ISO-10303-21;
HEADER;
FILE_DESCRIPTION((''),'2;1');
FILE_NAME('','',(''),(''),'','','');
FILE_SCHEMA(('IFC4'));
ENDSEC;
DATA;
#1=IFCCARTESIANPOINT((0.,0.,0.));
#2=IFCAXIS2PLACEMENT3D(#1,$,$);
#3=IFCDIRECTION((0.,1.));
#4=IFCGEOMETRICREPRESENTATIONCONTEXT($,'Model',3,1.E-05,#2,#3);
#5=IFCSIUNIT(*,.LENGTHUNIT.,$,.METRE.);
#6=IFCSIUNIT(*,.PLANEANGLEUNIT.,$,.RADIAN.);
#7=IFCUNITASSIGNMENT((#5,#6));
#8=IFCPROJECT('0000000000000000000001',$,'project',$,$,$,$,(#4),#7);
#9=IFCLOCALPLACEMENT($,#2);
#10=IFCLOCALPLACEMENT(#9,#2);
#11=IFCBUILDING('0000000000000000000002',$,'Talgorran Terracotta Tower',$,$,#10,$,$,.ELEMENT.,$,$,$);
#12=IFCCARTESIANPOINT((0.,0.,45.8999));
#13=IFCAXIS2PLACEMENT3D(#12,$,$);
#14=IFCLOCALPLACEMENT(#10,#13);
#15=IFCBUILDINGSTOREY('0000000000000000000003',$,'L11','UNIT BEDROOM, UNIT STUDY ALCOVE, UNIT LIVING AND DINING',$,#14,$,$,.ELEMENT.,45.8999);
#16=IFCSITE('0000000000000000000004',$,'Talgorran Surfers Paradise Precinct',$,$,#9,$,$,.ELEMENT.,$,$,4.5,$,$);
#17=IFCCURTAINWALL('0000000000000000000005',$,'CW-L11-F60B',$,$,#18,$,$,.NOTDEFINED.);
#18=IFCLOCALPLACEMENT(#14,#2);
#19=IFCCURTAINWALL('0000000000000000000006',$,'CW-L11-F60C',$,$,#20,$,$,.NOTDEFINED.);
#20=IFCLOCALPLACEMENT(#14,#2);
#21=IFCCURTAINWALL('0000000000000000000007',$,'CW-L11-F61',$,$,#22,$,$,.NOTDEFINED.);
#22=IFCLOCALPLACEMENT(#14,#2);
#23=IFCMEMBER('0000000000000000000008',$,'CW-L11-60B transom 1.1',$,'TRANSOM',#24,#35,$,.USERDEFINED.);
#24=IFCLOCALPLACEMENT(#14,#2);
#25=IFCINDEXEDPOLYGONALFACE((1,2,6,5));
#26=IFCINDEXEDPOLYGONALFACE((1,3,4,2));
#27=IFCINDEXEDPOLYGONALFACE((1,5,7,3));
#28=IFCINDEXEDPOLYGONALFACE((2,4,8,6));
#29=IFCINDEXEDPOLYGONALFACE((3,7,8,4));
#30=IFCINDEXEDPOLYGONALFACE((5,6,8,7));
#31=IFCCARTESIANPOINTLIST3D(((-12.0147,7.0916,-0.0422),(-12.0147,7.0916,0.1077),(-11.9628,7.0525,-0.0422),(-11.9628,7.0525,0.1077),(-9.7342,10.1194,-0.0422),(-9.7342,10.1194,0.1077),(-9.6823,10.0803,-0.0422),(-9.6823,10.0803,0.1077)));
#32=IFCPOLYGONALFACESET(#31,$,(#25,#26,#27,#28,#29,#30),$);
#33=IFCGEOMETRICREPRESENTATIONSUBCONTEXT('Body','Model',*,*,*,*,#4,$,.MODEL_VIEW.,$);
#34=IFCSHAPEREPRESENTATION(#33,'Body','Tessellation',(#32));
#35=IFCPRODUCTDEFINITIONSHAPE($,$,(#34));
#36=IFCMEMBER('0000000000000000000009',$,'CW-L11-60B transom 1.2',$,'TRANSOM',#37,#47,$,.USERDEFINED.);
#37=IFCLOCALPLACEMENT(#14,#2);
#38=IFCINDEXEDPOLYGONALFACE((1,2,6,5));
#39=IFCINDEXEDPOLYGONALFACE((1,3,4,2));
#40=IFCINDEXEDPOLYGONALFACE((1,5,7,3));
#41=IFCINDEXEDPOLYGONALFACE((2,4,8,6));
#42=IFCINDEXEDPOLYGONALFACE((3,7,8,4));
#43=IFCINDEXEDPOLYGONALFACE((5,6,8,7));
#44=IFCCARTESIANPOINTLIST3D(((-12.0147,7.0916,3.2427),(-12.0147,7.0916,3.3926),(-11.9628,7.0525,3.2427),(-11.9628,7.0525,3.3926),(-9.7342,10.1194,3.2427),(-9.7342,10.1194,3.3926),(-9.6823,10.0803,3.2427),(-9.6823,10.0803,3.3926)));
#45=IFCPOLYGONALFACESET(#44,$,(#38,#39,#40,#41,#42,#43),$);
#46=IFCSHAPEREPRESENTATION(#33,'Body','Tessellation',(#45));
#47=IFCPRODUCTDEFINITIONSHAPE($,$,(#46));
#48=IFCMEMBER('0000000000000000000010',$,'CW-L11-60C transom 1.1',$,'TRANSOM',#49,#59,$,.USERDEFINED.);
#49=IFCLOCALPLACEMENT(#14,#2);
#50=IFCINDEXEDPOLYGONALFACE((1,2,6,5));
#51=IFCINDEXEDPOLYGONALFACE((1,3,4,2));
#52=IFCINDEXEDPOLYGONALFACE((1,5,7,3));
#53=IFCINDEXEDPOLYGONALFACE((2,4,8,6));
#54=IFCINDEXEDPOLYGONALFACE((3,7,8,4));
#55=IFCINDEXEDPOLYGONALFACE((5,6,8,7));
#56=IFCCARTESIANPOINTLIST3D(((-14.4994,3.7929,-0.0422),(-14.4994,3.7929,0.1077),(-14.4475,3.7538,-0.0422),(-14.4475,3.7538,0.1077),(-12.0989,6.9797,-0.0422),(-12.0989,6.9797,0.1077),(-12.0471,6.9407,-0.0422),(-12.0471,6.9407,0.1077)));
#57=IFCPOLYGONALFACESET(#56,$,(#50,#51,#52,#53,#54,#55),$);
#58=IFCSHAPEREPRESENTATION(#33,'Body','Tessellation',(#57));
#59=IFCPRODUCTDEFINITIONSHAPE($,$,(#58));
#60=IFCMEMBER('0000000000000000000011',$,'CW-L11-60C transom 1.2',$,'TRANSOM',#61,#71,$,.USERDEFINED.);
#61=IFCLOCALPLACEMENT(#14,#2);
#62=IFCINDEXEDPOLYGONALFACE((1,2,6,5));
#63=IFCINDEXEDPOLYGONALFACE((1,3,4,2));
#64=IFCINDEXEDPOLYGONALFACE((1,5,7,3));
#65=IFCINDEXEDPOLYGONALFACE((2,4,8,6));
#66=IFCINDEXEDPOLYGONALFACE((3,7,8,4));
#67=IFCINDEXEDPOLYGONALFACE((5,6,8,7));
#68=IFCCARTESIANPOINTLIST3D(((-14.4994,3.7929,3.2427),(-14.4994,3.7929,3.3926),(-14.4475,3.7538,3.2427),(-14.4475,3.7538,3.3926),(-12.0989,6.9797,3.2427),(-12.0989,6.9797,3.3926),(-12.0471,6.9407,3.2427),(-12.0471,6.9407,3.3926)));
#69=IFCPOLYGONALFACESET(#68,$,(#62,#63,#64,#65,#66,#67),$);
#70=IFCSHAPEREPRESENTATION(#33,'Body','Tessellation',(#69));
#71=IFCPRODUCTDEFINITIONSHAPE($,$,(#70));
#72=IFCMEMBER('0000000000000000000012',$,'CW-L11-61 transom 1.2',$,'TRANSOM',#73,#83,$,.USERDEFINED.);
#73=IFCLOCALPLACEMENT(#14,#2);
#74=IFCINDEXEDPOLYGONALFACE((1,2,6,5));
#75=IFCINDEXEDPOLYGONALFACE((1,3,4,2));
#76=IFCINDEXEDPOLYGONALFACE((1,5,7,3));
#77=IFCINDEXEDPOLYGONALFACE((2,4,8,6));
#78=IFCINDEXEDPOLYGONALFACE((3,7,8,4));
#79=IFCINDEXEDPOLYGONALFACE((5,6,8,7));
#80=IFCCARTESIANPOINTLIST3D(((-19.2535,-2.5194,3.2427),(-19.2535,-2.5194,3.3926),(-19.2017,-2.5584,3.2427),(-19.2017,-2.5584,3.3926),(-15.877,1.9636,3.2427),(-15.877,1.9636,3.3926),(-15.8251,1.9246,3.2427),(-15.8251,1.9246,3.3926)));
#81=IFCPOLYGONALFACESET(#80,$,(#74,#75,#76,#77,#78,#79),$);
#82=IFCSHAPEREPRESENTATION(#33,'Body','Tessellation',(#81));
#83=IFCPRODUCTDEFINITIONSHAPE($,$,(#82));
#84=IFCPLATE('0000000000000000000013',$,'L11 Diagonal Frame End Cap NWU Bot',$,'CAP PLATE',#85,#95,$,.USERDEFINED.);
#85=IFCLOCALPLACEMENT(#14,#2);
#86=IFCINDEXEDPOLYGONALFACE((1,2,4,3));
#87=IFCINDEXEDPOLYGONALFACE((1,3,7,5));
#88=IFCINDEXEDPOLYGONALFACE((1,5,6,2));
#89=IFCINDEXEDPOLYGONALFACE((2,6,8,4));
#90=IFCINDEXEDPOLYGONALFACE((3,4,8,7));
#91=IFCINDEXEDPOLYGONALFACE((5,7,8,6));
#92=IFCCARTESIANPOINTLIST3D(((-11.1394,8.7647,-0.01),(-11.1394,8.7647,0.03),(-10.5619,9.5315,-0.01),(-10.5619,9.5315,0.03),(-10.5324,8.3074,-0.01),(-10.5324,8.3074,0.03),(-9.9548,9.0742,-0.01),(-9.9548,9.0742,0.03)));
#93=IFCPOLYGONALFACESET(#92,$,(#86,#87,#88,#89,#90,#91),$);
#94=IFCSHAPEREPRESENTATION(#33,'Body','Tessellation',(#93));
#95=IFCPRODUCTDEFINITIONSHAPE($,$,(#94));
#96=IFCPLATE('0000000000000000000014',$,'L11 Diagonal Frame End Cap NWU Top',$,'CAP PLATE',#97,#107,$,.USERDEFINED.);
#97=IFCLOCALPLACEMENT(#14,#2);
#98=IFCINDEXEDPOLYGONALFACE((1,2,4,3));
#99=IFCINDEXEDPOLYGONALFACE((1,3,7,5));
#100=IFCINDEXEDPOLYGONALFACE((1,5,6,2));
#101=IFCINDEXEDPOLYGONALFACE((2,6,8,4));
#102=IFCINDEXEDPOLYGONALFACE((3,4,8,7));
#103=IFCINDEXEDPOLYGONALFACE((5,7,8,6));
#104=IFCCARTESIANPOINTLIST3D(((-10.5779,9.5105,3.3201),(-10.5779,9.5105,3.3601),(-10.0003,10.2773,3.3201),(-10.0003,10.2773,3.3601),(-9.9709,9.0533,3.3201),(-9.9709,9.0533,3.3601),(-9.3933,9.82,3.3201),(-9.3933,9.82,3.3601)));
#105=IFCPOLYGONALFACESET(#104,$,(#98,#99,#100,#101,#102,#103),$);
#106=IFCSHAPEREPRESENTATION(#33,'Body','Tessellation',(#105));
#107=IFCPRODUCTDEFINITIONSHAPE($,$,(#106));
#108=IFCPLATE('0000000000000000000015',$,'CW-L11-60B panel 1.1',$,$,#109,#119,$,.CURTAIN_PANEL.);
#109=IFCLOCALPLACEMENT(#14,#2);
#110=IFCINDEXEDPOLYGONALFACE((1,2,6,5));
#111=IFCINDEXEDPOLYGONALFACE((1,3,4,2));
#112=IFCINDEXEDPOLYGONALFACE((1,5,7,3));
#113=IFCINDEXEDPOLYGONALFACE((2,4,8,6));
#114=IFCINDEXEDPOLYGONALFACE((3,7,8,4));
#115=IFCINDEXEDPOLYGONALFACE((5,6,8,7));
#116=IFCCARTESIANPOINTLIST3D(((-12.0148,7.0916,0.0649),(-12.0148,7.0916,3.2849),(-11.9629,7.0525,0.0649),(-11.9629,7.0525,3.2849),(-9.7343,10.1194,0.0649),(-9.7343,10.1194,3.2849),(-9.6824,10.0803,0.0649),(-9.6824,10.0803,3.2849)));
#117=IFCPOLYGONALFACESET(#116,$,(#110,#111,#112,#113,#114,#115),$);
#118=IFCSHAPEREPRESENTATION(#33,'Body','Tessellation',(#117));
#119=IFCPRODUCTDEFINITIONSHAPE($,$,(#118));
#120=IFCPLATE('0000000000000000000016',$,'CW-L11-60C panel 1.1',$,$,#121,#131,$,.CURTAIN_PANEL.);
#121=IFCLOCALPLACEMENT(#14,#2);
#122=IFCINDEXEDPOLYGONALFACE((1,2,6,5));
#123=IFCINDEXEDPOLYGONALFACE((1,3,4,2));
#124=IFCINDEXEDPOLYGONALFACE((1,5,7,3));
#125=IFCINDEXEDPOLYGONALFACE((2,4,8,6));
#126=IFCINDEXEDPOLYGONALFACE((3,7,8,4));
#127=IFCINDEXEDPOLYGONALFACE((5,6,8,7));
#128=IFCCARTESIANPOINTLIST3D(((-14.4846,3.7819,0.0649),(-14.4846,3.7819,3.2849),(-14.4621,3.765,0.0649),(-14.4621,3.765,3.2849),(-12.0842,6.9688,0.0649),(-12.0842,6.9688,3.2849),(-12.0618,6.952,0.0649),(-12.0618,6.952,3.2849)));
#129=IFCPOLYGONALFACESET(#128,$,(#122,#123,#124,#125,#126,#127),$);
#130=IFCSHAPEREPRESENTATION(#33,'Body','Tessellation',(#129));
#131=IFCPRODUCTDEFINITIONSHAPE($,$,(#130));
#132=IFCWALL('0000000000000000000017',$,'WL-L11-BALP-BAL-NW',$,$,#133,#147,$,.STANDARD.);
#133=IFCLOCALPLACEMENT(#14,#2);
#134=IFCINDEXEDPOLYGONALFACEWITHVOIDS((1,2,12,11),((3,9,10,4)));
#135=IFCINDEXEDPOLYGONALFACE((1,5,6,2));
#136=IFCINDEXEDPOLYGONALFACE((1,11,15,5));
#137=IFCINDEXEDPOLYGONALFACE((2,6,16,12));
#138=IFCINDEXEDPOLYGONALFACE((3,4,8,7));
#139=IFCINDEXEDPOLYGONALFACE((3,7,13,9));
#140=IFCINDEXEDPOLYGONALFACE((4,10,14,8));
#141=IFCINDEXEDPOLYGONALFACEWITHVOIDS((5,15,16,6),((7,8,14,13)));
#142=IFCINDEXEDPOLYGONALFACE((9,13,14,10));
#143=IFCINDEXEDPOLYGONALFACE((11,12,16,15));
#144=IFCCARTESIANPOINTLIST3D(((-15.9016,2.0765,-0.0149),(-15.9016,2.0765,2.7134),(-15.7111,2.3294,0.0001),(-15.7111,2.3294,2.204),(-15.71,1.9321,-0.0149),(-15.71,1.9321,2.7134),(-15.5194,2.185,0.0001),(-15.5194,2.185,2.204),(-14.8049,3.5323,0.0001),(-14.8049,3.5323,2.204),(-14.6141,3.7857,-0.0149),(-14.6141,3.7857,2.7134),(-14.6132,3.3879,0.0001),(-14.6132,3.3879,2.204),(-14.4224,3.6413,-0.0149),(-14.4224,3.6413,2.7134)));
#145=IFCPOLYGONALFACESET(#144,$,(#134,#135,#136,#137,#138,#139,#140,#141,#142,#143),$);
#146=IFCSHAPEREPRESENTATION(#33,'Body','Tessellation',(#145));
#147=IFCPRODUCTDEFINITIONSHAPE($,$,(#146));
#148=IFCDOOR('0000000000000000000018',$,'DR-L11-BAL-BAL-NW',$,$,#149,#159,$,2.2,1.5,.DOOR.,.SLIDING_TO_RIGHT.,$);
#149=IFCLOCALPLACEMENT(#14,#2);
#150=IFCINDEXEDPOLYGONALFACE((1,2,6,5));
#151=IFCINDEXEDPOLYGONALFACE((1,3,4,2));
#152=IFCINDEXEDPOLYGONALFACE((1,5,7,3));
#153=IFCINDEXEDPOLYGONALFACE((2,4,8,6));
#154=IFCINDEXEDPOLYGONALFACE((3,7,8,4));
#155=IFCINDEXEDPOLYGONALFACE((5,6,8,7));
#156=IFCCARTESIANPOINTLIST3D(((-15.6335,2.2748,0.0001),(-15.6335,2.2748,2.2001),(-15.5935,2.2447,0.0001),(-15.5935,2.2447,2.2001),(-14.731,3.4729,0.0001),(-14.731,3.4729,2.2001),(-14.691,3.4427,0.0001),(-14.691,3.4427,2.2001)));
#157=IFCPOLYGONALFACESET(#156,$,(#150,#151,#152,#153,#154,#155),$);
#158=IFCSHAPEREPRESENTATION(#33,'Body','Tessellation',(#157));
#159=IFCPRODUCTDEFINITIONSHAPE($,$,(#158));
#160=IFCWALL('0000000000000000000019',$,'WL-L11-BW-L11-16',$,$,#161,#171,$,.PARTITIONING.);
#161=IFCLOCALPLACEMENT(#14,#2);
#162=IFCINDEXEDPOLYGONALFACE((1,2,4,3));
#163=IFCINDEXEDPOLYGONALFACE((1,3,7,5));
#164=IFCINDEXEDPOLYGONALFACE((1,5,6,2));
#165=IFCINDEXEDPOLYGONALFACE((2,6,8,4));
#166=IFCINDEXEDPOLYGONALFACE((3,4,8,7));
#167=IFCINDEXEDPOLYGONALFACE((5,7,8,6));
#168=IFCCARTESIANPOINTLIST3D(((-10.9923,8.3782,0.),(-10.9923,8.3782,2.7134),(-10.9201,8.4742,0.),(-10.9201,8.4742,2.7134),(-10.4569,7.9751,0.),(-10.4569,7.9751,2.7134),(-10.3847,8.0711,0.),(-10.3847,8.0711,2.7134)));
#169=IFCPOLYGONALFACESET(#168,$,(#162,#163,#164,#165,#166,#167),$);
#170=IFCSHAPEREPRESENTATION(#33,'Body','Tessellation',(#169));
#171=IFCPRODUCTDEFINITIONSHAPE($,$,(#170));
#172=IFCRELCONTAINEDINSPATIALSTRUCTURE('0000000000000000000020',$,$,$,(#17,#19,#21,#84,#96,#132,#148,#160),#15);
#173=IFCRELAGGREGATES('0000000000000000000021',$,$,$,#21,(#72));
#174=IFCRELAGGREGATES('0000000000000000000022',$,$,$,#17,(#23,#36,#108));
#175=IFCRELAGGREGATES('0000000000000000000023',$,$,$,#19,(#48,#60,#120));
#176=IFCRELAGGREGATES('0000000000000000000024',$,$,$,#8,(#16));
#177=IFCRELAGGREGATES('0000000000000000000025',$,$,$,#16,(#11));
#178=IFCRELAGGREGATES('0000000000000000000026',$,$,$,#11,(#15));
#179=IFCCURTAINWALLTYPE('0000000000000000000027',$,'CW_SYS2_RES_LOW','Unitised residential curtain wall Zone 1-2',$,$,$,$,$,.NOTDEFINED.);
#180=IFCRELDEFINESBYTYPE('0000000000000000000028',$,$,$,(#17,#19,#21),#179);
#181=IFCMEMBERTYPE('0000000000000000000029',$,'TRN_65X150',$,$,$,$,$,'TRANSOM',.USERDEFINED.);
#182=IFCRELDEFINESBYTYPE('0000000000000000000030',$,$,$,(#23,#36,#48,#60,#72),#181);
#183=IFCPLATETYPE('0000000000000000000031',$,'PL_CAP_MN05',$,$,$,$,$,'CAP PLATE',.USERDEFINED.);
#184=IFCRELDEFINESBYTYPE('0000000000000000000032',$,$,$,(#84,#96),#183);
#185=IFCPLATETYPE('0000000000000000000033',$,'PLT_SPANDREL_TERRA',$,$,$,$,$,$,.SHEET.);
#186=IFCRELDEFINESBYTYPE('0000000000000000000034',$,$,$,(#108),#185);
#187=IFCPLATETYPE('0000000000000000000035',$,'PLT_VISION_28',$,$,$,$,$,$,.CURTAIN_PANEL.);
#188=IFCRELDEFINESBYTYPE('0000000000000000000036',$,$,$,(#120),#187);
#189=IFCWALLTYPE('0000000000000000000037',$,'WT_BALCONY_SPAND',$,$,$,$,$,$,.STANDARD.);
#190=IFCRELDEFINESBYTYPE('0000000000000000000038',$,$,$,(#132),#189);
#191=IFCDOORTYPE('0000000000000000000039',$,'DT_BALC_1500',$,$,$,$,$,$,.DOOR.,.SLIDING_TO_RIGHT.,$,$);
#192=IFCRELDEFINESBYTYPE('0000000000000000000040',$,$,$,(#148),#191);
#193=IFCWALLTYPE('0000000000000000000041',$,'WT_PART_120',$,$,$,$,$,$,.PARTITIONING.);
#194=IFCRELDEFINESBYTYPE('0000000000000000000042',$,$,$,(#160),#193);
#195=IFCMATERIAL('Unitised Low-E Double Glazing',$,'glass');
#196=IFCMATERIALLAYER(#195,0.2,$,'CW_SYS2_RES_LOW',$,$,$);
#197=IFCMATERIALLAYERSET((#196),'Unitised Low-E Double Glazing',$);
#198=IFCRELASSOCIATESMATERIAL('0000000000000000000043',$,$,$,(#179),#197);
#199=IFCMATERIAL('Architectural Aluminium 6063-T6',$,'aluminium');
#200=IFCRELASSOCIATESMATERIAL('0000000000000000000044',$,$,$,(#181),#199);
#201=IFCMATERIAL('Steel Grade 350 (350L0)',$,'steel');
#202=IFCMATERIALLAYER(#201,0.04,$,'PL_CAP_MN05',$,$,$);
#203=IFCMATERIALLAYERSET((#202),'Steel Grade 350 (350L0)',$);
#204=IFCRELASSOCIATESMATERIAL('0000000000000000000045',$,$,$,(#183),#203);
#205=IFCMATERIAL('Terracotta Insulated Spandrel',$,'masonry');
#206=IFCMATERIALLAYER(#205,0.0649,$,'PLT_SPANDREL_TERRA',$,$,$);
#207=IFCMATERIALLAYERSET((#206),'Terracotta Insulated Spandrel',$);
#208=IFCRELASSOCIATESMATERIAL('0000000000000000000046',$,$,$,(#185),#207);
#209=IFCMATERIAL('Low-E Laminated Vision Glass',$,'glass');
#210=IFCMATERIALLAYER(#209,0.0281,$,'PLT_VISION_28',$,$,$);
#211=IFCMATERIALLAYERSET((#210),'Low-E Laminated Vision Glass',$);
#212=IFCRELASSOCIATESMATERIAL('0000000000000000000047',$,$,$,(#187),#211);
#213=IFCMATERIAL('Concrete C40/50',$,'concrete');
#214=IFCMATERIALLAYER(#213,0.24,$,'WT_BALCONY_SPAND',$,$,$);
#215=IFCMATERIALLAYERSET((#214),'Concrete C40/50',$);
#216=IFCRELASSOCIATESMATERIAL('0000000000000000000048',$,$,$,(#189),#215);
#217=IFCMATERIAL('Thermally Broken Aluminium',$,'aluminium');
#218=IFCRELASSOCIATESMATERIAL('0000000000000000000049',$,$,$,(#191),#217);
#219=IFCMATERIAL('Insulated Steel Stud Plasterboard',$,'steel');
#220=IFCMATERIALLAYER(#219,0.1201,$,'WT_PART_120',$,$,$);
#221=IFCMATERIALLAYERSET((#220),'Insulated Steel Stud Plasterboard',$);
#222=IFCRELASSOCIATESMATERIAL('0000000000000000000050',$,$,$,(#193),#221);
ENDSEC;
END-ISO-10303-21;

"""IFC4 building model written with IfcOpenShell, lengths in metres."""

from ifc_helpers import new_model, si_unit, direction, frame, frame_2d, origin, origin_2d, place, context, subcontext, project, spatial, rectangle, extrude, source, transform, mapped, material, layer, layer_set, material_profile, profile_set, type_object, type_shapes, element, fill, aggregate, save


model = new_model("IFC4")

# Units and contexts
model_context = context("Model", 3, precision=1e-05, world=origin(), true_north=direction((0.0, 1.0)))
body_context = subcontext(model_context, "Body", "Model", "MODEL_VIEW")
ifc_project = project(units=[si_unit("LENGTHUNIT", "METRE"), si_unit("PLANEANGLEUNIT", "RADIAN")], contexts=[model_context])

# Site, building, storey
site_placement = place(None, origin())
site = spatial("IfcSite", under=ifc_project, at=site_placement, Name="Talgorran Surfers Paradise Precinct", CompositionType="ELEMENT", RefElevation=4.5)
building_placement = place(site_placement, origin())
building = spatial("IfcBuilding", under=site, at=building_placement, Name="Talgorran Terracotta Tower", CompositionType="ELEMENT")
storey_placement = place(building_placement, frame((0.0, 0.0, 45.8999)))
storey = spatial("IfcBuildingStorey", under=building, at=storey_placement, Name="L11", Description="UNIT BEDROOM, UNIT STUDY ALCOVE, UNIT LIVING AND DINING", CompositionType="ELEMENT", Elevation=45.8999)

# Shared definitions
ifc_material_1 = material(Name="Steel Grade 350 (350L0)", Category="steel")

# Curtain walls
ifc_material_2 = material(Name="Unitised Low-E Double Glazing", Category="glass")
ifc_layer_1 = layer(ifc_material_2, 0.2, Name="CW_SYS2_RES_LOW")
ifc_layer_set_1 = layer_set([ifc_layer_1], Name="Unitised Low-E Double Glazing")
curtain_wall_type = type_object("IfcCurtainWallType", Name="CW_SYS2_RES_LOW", Description="Unitised residential curtain wall Zone 1-2", PredefinedType="NOTDEFINED", material=ifc_layer_set_1)
curtain_wall_1_placement = place(storey_placement, origin())
curtain_wall_1 = element("IfcCurtainWall", 1, at=curtain_wall_1_placement, inside=storey, type_object=curtain_wall_type, Name="CW-L11-F60B", PredefinedType="NOTDEFINED")
ifc_material_3 = material(Name="Architectural Aluminium 6063-T6", Category="aluminium")
curtain_wall_2_placement = place(storey_placement, origin())
curtain_wall_2 = element("IfcCurtainWall", 2, at=curtain_wall_2_placement, inside=storey, type_object=curtain_wall_type, Name="CW-L11-F60C", PredefinedType="NOTDEFINED")

# Curtain wall
curtain_wall_3_placement = place(storey_placement, origin())
curtain_wall_3 = element("IfcCurtainWall", 3, at=curtain_wall_3_placement, inside=storey, type_object=curtain_wall_type, Name="CW-L11-F61", PredefinedType="NOTDEFINED")

# Members
ifc_material_profile_1 = material_profile(ifc_material_3, rectangle(XDim=0.0649, YDim=0.1499, at=origin_2d()), Name="CWT65X150")
ifc_profile_set_1 = profile_set([ifc_material_profile_1], Name="Architectural Aluminium 6063-T6")
member_type_1 = type_object("IfcMemberType", Name="TRN_65X150", ElementType="TRANSOM", PredefinedType="USERDEFINED", material=ifc_profile_set_1)
member_1_placement = place(storey_placement, frame((-9.7083, 10.0999, 0.0327), z_axis=(-0.601627, -0.798777, 0.0), x_axis=(0.798777, -0.601627, 0.0)))
member_1 = element("IfcMember", 4, at=member_1_placement, type_object=member_type_1, Name="CW-L11-60B transom 1.1", ObjectType="TRANSOM", PredefinedType="USERDEFINED", context=body_context, shape_type="SweptSolid", body=[
    extrude(rectangle(XDim=0.0649, YDim=0.1499, at=origin_2d()), origin(), (0.0, 0.0, 1.0), 3.7905),
])
member_2_placement = place(storey_placement, frame((-9.7083, 10.0999, 3.3176), z_axis=(-0.601627, -0.798777, 0.0), x_axis=(0.798777, -0.601627, 0.0)))
member_2 = element("IfcMember", 5, at=member_2_placement, type_object=member_type_1, Name="CW-L11-60B transom 1.2", ObjectType="TRANSOM", PredefinedType="USERDEFINED", context=body_context, shape_type="SweptSolid", body=[
    extrude(rectangle(XDim=0.0649, YDim=0.1499, at=origin_2d()), origin(), (0.0, 0.0, 1.0), 3.7905),
])
member_3_placement = place(storey_placement, frame((-12.073, 6.9602, 0.0327), z_axis=(-0.601653, -0.798757, 0.0), x_axis=(0.798757, -0.601653, 0.0)))
member_3 = element("IfcMember", 6, at=member_3_placement, type_object=member_type_1, Name="CW-L11-60C transom 1.1", ObjectType="TRANSOM", PredefinedType="USERDEFINED", context=body_context, shape_type="SweptSolid", body=[
    extrude(rectangle(XDim=0.0649, YDim=0.1499, at=origin_2d()), origin(), (0.0, 0.0, 1.0), 3.9897),
])
member_4_placement = place(storey_placement, frame((-12.073, 6.9602, 3.3176), z_axis=(-0.601653, -0.798757, 0.0), x_axis=(0.798757, -0.601653, 0.0)))
member_4 = element("IfcMember", 7, at=member_4_placement, type_object=member_type_1, Name="CW-L11-60C transom 1.2", ObjectType="TRANSOM", PredefinedType="USERDEFINED", context=body_context, shape_type="SweptSolid", body=[
    extrude(rectangle(XDim=0.0649, YDim=0.1499, at=origin_2d()), origin(), (0.0, 0.0, 1.0), 3.9897),
])
member_5_placement = place(storey_placement, frame((-15.8511, 1.9441, 3.3176), z_axis=(-0.601627, -0.798777, 0.0), x_axis=(0.798777, -0.601627, 0.0)))
member_5 = element("IfcMember", 8, at=member_5_placement, type_object=member_type_1, Name="CW-L11-61 transom 1.2", ObjectType="TRANSOM", PredefinedType="USERDEFINED", context=body_context, shape_type="SweptSolid", body=[
    extrude(rectangle(XDim=0.0649, YDim=0.1499, at=origin_2d()), origin(), (0.0, 0.0, 1.0), 5.6123),
])
aggregate(curtain_wall_3, [member_5])

# Plates
ifc_layer_2 = layer(ifc_material_1, 0.04, Name="PL_CAP_MN05")
ifc_layer_set_2 = layer_set([ifc_layer_2], Name="Steel Grade 350 (350L0)")
plate_type_1 = type_object("IfcPlateType", Name="PL_CAP_MN05", ElementType="CAP PLATE", PredefinedType="USERDEFINED", material=ifc_layer_set_2)
for number, where, z_axis, x_axis, name in (
    (9, (-10.5471, 8.9194, -0.01), (0.0, 0.0, 1.0), (0.601676, 0.798741, 0.0), "L11 Diagonal Frame End Cap NWU Bot"),
    (10, (-9.9856, 9.6653, 3.3201), (0.0, 0.0, 1.0), (0.601676, 0.798741, 0.0), "L11 Diagonal Frame End Cap NWU Top"),
):
    element("IfcPlate", number, at=place(storey_placement, frame(where, z_axis=z_axis, x_axis=x_axis)), inside=storey, type_object=plate_type_1, Name=name, ObjectType="CAP PLATE", PredefinedType="USERDEFINED", context=body_context, shape_type="SweptSolid", body=[
        extrude(rectangle(XDim=0.96, YDim=0.76, at=origin_2d()), origin(), (0.0, 0.0, 1.0), 0.04),
    ])

# Plates
ifc_material_4 = material(Name="Terracotta Insulated Spandrel", Category="masonry")
ifc_layer_3 = layer(ifc_material_4, 0.0649, Name="PLT_SPANDREL_TERRA")
ifc_layer_set_3 = layer_set([ifc_layer_3], Name="Terracotta Insulated Spandrel")
plate_type_2 = type_object("IfcPlateType", Name="PLT_SPANDREL_TERRA", PredefinedType="SHEET", material=ifc_layer_set_3)
shared_shape_1 = source(origin(), body_context, "Body", "SweptSolid", [
    extrude(rectangle(XDim=3.7905, YDim=0.0649, at=origin_2d()), origin(), (0.0, 0.0, 1.0), 3.22),
])
type_shapes(plate_type_2, [shared_shape_1])
plate_1_placement = place(storey_placement, frame((-10.8486, 8.5859, 0.0649), z_axis=(0.0, 0.0, 1.0), x_axis=(-0.601631, -0.798774, 0.0)))
plate_1 = element("IfcPlate", 11, at=plate_1_placement, type_object=plate_type_2, Name="CW-L11-60B panel 1.1", PredefinedType="CURTAIN_PANEL", context=body_context, shape_type="MappedRepresentation", body=[
    mapped(shared_shape_1, transform((0.0, 0.0, 0.0), scale=1.0)),
])
aggregate(curtain_wall_1, [member_1, member_2, plate_1])
ifc_material_5 = material(Name="Low-E Laminated Vision Glass", Category="glass")
ifc_layer_4 = layer(ifc_material_5, 0.0281, Name="PLT_VISION_28")
ifc_layer_set_4 = layer_set([ifc_layer_4], Name="Low-E Laminated Vision Glass")
plate_type_3 = type_object("IfcPlateType", Name="PLT_VISION_28", PredefinedType="CURTAIN_PANEL", material=ifc_layer_set_4)
shared_shape_2 = source(origin(), body_context, "Body", "SweptSolid", [
    extrude(rectangle(XDim=3.9897, YDim=0.0281, at=origin_2d()), origin(), (0.0, 0.0, 1.0), 3.22),
])
type_shapes(plate_type_3, [shared_shape_2])
plate_2_placement = place(storey_placement, frame((-13.2732, 5.3669, 0.0649), z_axis=(0.0, 0.0, 1.0), x_axis=(-0.601626, -0.798778, 0.0)))
plate_2 = element("IfcPlate", 12, at=plate_2_placement, type_object=plate_type_3, Name="CW-L11-60C panel 1.1", PredefinedType="CURTAIN_PANEL", context=body_context, shape_type="MappedRepresentation", body=[
    mapped(shared_shape_2, transform((0.0, 0.0, 0.0), scale=1.0)),
])
aggregate(curtain_wall_2, [member_3, member_4, plate_2])

# Wall, opening, door
ifc_material_6 = material(Name="Concrete C40/50", Category="concrete")
ifc_layer_5 = layer(ifc_material_6, 0.24, Name="WT_BALCONY_SPAND")
ifc_layer_set_5 = layer_set([ifc_layer_5], Name="Concrete C40/50")
wall_type_1 = type_object("IfcWallType", Name="WT_BALCONY_SPAND", PredefinedType="STANDARD", material=ifc_layer_set_5)
wall_1_placement = place(storey_placement, frame((-14.5183, 3.7134, -0.0149), z_axis=(0.0, 0.0, 1.0), x_axis=(-0.601696, -0.798725, 0.0)))
wall_1 = element("IfcWall", 13, at=wall_1_placement, inside=storey, type_object=wall_type_1, Name="WL-L11-BALP-BAL-NW", PredefinedType="STANDARD", context=body_context, shape_type="SweptSolid", body=[
    extrude(rectangle(XDim=2.1399, YDim=0.24, at=frame_2d((1.0698, 0.0))), origin(), (0.0, 0.0, 1.0), 2.7283),
])
opening_placement = place(wall_1_placement, frame((0.3201, 0.0, 0.0149)))
opening = element("IfcOpeningElement", 14, at=opening_placement, cuts=wall_1, PredefinedType="OPENING", context=body_context, shape_type="SweptSolid", body=[
    extrude(rectangle(XDim=1.506, YDim=2.204, at=frame_2d((0.75, 1.1021))), frame((0.0, 0.1299, 0.0), z_axis=(0.0, -1.0, 0.0), x_axis=(1.0, 0.0, 0.0)), (0.0, 0.0, 1.0), 0.26),
])
ifc_material_7 = material(Name="Thermally Broken Aluminium", Category="aluminium")
door_type = type_object("IfcDoorType", Name="DT_BALC_1500", OperationType="SLIDING_TO_RIGHT", PredefinedType="DOOR", material=ifc_material_7)
door_placement = place(opening_placement, origin())
door = element("IfcDoor", 15, at=door_placement, inside=storey, type_object=door_type, Name="DR-L11-BAL-BAL-NW", OperationType="SLIDING_TO_RIGHT", OverallHeight=2.2, OverallWidth=1.5, PredefinedType="DOOR", context=body_context, shape_type="SweptSolid", body=[
    extrude(rectangle(XDim=1.5, YDim=2.2, at=frame_2d((0.75, 1.1001))), frame((0.0, 0.0249, 0.0), z_axis=(0.0, -1.0, 0.0), x_axis=(1.0, 0.0, 0.0)), (0.0, 0.0, 1.0), 0.05),
])
fill(opening, door)

# Wall
ifc_material_8 = material(Name="Insulated Steel Stud Plasterboard", Category="steel")
ifc_layer_6 = layer(ifc_material_8, 0.1201, Name="WT_PART_120")
ifc_layer_set_6 = layer_set([ifc_layer_6], Name="Insulated Steel Stud Plasterboard")
wall_type_2 = type_object("IfcWallType", Name="WT_PART_120", PredefinedType="PARTITIONING", material=ifc_layer_set_6)
wall_2_placement = place(storey_placement, frame((-10.4209, 8.0232, 0.0), z_axis=(0.0, 0.0, 1.0), x_axis=(-0.798906, 0.601456, 0.0)))
element("IfcWall", 16, at=wall_2_placement, inside=storey, type_object=wall_type_2, Name="WL-L11-BW-L11-16", PredefinedType="PARTITIONING", context=body_context, shape_type="SweptSolid", body=[
    extrude(rectangle(XDim=0.6702, YDim=0.1201, at=frame_2d((0.335, 0.0))), origin(), (0.0, 0.0, 1.0), 2.7134),
])

save(model, "model.ifc")
